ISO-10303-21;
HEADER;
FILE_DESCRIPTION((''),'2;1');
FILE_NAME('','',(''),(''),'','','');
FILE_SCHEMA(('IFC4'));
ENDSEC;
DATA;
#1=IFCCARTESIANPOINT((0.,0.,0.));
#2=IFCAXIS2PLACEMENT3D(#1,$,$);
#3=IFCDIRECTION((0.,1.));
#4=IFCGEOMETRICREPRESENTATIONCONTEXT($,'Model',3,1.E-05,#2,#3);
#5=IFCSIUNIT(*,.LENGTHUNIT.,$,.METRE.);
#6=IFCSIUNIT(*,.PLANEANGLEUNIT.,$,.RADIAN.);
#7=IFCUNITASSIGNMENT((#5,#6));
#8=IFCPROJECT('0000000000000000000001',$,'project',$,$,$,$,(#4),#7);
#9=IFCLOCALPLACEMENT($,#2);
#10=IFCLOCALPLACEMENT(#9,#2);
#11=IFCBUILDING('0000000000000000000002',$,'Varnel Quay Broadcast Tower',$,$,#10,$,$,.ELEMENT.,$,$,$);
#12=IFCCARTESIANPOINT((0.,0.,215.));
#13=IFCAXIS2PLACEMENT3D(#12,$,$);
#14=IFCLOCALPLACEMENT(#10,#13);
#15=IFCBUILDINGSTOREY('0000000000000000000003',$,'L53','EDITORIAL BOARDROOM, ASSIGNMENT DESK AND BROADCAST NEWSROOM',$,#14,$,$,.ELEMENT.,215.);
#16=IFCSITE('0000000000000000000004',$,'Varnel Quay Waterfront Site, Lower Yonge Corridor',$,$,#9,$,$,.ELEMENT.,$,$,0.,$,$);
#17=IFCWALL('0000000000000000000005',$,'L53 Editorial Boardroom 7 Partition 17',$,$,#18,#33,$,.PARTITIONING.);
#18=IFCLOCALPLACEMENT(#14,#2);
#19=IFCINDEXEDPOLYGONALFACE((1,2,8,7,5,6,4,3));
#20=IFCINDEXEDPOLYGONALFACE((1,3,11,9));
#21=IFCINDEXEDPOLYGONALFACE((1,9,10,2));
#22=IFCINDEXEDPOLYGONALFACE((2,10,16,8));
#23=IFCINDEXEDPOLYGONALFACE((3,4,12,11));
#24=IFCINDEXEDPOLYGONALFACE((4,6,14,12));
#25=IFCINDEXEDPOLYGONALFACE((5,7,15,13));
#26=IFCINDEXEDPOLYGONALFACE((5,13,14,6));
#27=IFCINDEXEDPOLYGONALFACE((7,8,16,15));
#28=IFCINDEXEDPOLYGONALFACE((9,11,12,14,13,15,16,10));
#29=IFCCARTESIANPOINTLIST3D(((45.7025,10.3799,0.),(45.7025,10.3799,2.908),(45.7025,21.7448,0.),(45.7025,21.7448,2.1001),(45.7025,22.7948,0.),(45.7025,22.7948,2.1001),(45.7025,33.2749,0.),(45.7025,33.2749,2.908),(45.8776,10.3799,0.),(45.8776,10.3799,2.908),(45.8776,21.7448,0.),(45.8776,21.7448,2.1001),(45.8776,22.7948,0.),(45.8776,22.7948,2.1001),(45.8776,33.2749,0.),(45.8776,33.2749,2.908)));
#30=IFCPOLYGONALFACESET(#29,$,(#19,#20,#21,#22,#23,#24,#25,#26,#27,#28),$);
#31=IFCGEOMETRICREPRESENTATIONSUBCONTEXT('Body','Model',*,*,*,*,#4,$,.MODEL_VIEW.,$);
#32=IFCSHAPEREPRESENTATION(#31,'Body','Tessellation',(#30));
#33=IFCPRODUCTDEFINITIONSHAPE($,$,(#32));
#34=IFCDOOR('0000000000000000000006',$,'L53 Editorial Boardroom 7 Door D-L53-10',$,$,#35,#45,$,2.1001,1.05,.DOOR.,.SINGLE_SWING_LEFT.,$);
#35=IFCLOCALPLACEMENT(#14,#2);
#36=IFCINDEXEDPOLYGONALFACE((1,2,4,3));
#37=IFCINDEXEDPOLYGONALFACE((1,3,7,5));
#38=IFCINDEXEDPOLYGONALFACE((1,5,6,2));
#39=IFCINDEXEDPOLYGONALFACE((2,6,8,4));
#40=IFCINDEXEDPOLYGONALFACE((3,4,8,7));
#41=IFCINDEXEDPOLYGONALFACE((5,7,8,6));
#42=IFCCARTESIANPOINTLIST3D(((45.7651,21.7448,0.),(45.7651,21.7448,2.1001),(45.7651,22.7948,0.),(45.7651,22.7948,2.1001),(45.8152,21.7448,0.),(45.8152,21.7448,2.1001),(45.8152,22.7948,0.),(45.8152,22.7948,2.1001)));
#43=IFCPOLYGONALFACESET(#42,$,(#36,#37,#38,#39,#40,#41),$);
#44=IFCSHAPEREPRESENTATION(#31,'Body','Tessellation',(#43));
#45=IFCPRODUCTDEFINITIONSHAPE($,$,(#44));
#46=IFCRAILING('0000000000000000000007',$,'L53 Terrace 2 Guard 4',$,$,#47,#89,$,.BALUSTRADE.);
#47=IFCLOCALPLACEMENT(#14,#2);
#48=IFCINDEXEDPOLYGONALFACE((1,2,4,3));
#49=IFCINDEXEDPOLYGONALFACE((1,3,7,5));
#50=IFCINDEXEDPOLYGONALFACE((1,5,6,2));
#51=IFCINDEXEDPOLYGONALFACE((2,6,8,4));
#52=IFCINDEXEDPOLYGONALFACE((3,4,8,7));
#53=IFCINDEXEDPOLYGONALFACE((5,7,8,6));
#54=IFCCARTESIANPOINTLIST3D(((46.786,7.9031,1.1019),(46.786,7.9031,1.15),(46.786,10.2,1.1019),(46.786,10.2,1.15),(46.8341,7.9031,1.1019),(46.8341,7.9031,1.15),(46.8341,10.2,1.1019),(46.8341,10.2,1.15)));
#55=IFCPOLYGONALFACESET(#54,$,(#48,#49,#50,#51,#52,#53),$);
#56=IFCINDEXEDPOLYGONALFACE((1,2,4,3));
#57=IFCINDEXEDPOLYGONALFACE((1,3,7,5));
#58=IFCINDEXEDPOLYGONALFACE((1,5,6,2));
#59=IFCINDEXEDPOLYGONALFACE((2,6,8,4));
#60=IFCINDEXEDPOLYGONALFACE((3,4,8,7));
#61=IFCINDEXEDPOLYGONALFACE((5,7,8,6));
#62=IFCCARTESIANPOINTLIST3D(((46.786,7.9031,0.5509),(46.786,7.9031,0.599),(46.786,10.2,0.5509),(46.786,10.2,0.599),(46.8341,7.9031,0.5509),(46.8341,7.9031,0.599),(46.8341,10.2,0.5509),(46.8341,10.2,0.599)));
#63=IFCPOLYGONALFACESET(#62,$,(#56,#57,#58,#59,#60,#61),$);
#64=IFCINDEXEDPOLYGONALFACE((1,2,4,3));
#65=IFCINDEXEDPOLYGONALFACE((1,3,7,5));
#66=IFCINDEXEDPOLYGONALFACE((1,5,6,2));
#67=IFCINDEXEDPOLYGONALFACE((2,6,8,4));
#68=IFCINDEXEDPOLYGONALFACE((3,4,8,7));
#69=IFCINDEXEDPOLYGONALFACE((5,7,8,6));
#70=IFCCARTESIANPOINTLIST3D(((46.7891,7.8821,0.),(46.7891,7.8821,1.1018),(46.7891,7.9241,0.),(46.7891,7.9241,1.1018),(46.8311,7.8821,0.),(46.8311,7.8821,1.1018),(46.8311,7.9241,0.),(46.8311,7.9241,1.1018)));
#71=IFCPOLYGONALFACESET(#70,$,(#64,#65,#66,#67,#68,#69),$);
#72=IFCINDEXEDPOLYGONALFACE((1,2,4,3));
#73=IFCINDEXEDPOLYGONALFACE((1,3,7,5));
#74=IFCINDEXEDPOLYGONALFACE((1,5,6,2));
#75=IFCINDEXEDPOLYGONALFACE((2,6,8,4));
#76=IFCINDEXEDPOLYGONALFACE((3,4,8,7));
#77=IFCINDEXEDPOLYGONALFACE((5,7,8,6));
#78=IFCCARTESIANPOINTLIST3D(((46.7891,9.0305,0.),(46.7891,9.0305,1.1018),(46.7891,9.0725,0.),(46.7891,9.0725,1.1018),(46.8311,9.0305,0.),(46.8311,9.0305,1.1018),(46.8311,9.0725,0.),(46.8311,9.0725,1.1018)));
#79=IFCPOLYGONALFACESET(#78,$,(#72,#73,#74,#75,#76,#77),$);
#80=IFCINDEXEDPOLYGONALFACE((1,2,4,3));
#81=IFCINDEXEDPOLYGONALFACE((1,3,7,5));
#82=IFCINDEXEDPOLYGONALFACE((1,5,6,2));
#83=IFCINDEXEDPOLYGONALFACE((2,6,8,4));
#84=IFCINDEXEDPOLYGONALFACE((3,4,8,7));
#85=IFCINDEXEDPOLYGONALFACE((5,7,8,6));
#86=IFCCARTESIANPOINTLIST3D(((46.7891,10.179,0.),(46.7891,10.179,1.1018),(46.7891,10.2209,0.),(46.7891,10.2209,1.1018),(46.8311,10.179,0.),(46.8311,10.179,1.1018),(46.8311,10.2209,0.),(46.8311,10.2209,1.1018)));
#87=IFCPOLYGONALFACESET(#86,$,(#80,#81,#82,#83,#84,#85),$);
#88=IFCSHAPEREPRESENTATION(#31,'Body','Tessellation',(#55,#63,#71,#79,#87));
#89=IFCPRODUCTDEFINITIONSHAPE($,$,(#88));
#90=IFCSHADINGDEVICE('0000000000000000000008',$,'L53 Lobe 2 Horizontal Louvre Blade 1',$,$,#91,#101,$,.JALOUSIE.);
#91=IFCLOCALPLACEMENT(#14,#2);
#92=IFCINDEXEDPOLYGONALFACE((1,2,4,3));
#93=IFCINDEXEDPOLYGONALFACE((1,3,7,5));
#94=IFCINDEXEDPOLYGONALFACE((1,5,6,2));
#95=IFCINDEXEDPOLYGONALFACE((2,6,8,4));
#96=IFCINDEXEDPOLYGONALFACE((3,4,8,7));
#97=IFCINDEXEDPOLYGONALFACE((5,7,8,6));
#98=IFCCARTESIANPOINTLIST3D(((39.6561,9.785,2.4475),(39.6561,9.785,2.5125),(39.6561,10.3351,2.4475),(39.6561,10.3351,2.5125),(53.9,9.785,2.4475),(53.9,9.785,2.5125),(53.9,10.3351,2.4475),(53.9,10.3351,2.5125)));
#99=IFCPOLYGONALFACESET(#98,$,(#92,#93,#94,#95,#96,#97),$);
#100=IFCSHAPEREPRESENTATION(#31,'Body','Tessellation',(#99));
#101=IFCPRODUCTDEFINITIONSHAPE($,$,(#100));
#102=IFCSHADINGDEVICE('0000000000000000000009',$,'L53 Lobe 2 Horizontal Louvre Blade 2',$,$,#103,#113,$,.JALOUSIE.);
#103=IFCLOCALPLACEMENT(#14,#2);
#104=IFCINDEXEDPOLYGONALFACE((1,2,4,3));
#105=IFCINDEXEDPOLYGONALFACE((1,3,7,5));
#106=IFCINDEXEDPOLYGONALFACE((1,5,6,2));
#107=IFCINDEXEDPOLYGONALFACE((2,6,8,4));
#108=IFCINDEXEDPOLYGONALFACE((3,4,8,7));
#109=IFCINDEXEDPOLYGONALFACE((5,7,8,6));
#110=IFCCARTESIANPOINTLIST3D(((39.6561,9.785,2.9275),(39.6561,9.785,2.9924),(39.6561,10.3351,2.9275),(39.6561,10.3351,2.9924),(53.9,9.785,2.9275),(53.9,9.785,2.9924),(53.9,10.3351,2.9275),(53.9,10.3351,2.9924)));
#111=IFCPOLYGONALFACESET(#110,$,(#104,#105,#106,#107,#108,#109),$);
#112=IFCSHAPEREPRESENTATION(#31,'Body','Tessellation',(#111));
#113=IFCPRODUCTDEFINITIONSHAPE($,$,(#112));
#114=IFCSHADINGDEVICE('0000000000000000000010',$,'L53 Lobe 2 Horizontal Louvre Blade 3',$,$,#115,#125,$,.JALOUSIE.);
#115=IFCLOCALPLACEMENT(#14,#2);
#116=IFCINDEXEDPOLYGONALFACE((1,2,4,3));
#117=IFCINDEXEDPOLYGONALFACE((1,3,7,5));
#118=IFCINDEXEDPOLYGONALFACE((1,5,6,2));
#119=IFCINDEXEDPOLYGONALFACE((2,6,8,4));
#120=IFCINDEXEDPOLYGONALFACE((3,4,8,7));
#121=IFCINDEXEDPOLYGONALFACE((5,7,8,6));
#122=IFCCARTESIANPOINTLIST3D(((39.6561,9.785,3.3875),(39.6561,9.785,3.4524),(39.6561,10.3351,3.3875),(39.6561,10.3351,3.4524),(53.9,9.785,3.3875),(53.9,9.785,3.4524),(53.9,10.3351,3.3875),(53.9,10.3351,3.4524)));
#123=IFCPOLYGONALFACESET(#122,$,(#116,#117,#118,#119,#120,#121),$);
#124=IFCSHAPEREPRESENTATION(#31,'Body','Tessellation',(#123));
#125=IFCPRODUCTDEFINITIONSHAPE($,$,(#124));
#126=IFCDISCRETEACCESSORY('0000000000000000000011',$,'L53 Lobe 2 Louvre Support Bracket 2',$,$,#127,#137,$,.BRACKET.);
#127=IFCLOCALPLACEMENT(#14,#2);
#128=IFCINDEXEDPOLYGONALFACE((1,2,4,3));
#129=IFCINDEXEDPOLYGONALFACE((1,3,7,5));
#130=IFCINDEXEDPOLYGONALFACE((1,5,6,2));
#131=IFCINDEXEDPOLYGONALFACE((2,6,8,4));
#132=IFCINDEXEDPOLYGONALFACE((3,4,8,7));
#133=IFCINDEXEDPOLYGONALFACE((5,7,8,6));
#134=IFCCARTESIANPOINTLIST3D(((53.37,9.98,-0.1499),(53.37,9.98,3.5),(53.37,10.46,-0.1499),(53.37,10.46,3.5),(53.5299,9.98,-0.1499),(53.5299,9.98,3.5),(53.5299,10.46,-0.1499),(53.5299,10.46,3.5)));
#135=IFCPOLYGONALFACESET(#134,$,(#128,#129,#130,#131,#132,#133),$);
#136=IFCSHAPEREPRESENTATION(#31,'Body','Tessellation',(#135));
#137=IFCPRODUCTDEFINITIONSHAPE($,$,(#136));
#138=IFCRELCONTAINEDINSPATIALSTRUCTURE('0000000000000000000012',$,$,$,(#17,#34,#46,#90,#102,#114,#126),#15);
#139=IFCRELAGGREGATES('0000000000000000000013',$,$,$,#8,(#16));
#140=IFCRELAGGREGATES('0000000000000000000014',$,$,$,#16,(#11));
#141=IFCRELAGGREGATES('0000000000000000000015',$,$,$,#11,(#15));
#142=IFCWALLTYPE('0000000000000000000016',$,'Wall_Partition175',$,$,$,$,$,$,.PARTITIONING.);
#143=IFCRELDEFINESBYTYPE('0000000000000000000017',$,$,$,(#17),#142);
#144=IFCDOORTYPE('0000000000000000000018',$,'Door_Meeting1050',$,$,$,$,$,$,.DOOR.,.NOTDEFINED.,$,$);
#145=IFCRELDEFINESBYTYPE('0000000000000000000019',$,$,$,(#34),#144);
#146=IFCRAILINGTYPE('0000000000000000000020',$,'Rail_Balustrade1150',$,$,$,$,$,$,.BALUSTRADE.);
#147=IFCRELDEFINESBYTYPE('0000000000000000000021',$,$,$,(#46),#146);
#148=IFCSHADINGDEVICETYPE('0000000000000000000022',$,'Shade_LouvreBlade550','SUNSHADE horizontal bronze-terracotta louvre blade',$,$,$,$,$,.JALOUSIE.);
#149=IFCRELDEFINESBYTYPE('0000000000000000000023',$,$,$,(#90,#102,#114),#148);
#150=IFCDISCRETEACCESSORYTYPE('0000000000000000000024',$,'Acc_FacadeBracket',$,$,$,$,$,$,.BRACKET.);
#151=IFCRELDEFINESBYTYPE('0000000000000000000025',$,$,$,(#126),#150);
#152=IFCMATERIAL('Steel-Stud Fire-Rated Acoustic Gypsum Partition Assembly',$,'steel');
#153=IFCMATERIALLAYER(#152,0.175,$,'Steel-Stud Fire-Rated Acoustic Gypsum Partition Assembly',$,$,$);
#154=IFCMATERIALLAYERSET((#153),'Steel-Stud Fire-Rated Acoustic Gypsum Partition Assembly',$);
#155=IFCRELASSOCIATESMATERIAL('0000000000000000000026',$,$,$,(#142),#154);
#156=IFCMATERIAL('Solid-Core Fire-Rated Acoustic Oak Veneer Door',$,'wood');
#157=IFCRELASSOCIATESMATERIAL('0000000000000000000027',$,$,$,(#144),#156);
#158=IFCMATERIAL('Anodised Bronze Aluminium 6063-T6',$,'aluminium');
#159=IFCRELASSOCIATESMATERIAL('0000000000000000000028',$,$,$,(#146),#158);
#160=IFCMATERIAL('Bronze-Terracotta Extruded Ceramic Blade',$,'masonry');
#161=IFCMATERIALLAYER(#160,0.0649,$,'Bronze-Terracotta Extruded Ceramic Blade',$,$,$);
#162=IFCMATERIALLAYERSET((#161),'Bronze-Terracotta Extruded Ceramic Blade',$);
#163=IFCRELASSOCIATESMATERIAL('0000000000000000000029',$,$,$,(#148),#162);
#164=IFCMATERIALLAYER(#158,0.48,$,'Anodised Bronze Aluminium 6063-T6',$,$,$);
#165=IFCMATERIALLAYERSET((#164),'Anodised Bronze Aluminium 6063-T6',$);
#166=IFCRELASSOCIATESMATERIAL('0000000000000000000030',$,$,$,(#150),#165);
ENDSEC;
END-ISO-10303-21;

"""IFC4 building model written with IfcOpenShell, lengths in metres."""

from ifc_helpers import new_model, si_unit, direction, frame, frame_2d, origin, origin_2d, place, context, subcontext, project, spatial, rectangle, extrude, source, transform, mapped, material, layer, layer_set, type_object, type_shapes, element, fill, save


model = new_model("IFC4")

# Units and contexts
model_context = context("Model", 3, precision=1e-05, world=origin(), true_north=direction((0.0, 1.0)))
body_context = subcontext(model_context, "Body", "Model", "MODEL_VIEW")
ifc_project = project(units=[si_unit("LENGTHUNIT", "METRE"), si_unit("PLANEANGLEUNIT", "RADIAN")], contexts=[model_context])

# Site, building, storey
site_placement = place(None, origin())
site = spatial("IfcSite", under=ifc_project, at=site_placement, Name="Varnel Quay Waterfront Site, Lower Yonge Corridor", CompositionType="ELEMENT", RefElevation=0.0)
building_placement = place(site_placement, origin())
building = spatial("IfcBuilding", under=site, at=building_placement, Name="Varnel Quay Broadcast Tower", CompositionType="ELEMENT")
storey_placement = place(building_placement, frame((0.0, 0.0, 215.0)))
storey = spatial("IfcBuildingStorey", under=building, at=storey_placement, Name="L53", Description="EDITORIAL BOARDROOM, ASSIGNMENT DESK AND BROADCAST NEWSROOM", CompositionType="ELEMENT", Elevation=215.0)

# Shared definitions
ifc_material_1 = material(Name="Anodised Bronze Aluminium 6063-T6", Category="aluminium")

# Shared definitions
ifc_material_2 = material(Name="Steel-Stud Fire-Rated Acoustic Gypsum Partition Assembly", Category="steel")

# Shared definitions
ifc_material_3 = material(Name="Solid-Core Fire-Rated Acoustic Oak Veneer Door", Category="wood")

# Wall, opening, door
ifc_layer_1 = layer(ifc_material_2, 0.175, Name="Steel-Stud Fire-Rated Acoustic Gypsum Partition Assembly")
ifc_layer_set_1 = layer_set([ifc_layer_1], Name="Steel-Stud Fire-Rated Acoustic Gypsum Partition Assembly")
wall_type_1 = type_object("IfcWallType", Name="Wall_Partition175", PredefinedType="PARTITIONING", material=ifc_layer_set_1)
wall_1_placement = place(storey_placement, frame((45.79, 10.3799, 0.0), z_axis=(0.0, 0.0, 1.0), x_axis=(0.0, 1.0, 0.0)))
wall_1 = element("IfcWall", 1, at=wall_1_placement, inside=storey, type_object=wall_type_1, Name="L53 Editorial Boardroom 7 Partition 17", PredefinedType="PARTITIONING", context=body_context, shape_type="SweptSolid", body=[
    extrude(rectangle(XDim=22.895, YDim=0.175, at=frame_2d((11.4475, 0.0))), origin(), (0.0, 0.0, 1.0), 2.908),
])
opening_1_placement = place(wall_1_placement, frame((11.365, 0.0, 0.0)))
opening_1 = element("IfcOpeningElement", 2, at=opening_1_placement, cuts=wall_1, PredefinedType="OPENING", context=body_context, shape_type="SweptSolid", body=[
    extrude(rectangle(XDim=1.05, YDim=2.1001, at=frame_2d((0.5249, 1.05))), frame((0.0, 0.0977, 0.0), z_axis=(0.0, -1.0, 0.0), x_axis=(1.0, 0.0, 0.0)), (0.0, 0.0, 1.0), 0.1951),
])
door_type_1 = type_object("IfcDoorType", Name="Door_Meeting1050", OperationType="NOTDEFINED", PredefinedType="DOOR", material=ifc_material_3)
shared_shape_1 = source(origin(), body_context, "Body", "SweptSolid", [
    extrude(rectangle(XDim=1.05, YDim=2.1001, at=frame_2d((0.5249, 1.05))), frame((0.0, 0.0249, 0.0), z_axis=(0.0, -1.0, 0.0), x_axis=(1.0, 0.0, 0.0)), (0.0, 0.0, 1.0), 0.05),
])
type_shapes(door_type_1, [shared_shape_1])
door_1_placement = place(opening_1_placement, origin())
door_1 = element("IfcDoor", 3, at=door_1_placement, inside=storey, type_object=door_type_1, Name="L53 Editorial Boardroom 7 Door D-L53-10", OperationType="SINGLE_SWING_LEFT", OverallHeight=2.1001, OverallWidth=1.05, PredefinedType="DOOR", context=body_context, shape_type="MappedRepresentation", body=[
    mapped(shared_shape_1, transform((0.0, 0.0, 0.0), x_axis=(1.0, 0.0, 0.0), y_axis=(0.0, 1.0, 0.0), z_axis=(0.0, 0.0, 1.0), scale=1.0)),
])
fill(opening_1, door_1)

# Railing
railing_type = type_object("IfcRailingType", Name="Rail_Balustrade1150", PredefinedType="BALUSTRADE", material=ifc_material_1)
railing_placement = place(storey_placement, frame((46.8101, 7.9031, 0.0)))
element("IfcRailing", 4, at=railing_placement, inside=storey, type_object=railing_type, Name="L53 Terrace 2 Guard 4", PredefinedType="BALUSTRADE", context=body_context, shape_type="SweptSolid", body=[
    extrude(rectangle(XDim=0.0481, YDim=0.0481, at=origin_2d()), frame((0.0, 0.0, 1.126), z_axis=(0.0, 1.0, 0.0), x_axis=(-1.0, 0.0, 0.0)), (0.0, 0.0, 1.0), 2.2969),
    extrude(rectangle(XDim=0.0481, YDim=0.0481, at=origin_2d()), frame((0.0, 0.0, 0.575), z_axis=(0.0, 1.0, 0.0), x_axis=(-1.0, 0.0, 0.0)), (0.0, 0.0, 1.0), 2.2969),
    extrude(rectangle(XDim=0.042, YDim=0.042, at=origin_2d()), origin(), (0.0, 0.0, 1.0), 1.1018),
    extrude(rectangle(XDim=0.042, YDim=0.042, at=origin_2d()), frame((0.0, 1.1484, 0.0)), (0.0, 0.0, 1.0), 1.1018),
    extrude(rectangle(XDim=0.042, YDim=0.042, at=origin_2d()), frame((0.0, 2.2969, 0.0)), (0.0, 0.0, 1.0), 1.1018),
])

# Shading devices
ifc_material_4 = material(Name="Bronze-Terracotta Extruded Ceramic Blade", Category="masonry")
ifc_layer_2 = layer(ifc_material_4, 0.0649, Name="Bronze-Terracotta Extruded Ceramic Blade")
ifc_layer_set_2 = layer_set([ifc_layer_2], Name="Bronze-Terracotta Extruded Ceramic Blade")
shading_device_type = type_object("IfcShadingDeviceType", Name="Shade_LouvreBlade550", Description="SUNSHADE horizontal bronze-terracotta louvre blade", PredefinedType="JALOUSIE", material=ifc_layer_set_2)
shared_shape_2 = source(origin(), body_context, "Body", "SweptSolid", [
    extrude(rectangle(XDim=14.2439, YDim=0.55, at=origin_2d()), origin(), (0.0, 0.0, 1.0), 0.0649),
])
type_shapes(shading_device_type, [shared_shape_2])
for number, where, z_axis, x_axis, name in (
    (5, (46.7781, 10.0601, 2.4475), (0.0, 0.0, 1.0), (1.0, 0.0, 0.0), "L53 Lobe 2 Horizontal Louvre Blade 1"),
    (6, (46.7781, 10.0601, 2.9275), (0.0, 0.0, 1.0), (1.0, 0.0, 0.0), "L53 Lobe 2 Horizontal Louvre Blade 2"),
    (7, (46.7781, 10.0601, 3.3875), (0.0, 0.0, 1.0), (1.0, 0.0, 0.0), "L53 Lobe 2 Horizontal Louvre Blade 3"),
):
    element("IfcShadingDevice", number, at=place(storey_placement, frame(where, z_axis=z_axis, x_axis=x_axis)), inside=storey, type_object=shading_device_type, Name=name, PredefinedType="JALOUSIE", context=body_context, shape_type="MappedRepresentation", body=[
        mapped(shared_shape_2, transform((0.0, 0.0, 0.0), x_axis=(1.0, 0.0, 0.0), y_axis=(0.0, 1.0, 0.0), z_axis=(0.0, 0.0, 1.0), scale=1.0)),
    ])

# Discrete accessory
ifc_layer_3 = layer(ifc_material_1, 0.48, Name="Anodised Bronze Aluminium 6063-T6")
ifc_layer_set_3 = layer_set([ifc_layer_3], Name="Anodised Bronze Aluminium 6063-T6")
discrete_accessory_type = type_object("IfcDiscreteAccessoryType", Name="Acc_FacadeBracket", PredefinedType="BRACKET", material=ifc_layer_set_3)
shared_shape_3 = source(origin(), body_context, "Body", "SweptSolid", [
    extrude(rectangle(XDim=0.1599, YDim=0.48, at=origin_2d()), origin(), (0.0, 0.0, 1.0), 3.6499),
])
type_shapes(discrete_accessory_type, [shared_shape_3])
discrete_accessory_placement = place(storey_placement, frame((53.45, 10.22, -0.1499), z_axis=(0.0, 0.0, 1.0), x_axis=(1.0, 0.0, 0.0)))
element("IfcDiscreteAccessory", 8, at=discrete_accessory_placement, inside=storey, type_object=discrete_accessory_type, Name="L53 Lobe 2 Louvre Support Bracket 2", PredefinedType="BRACKET", context=body_context, shape_type="MappedRepresentation", body=[
    mapped(shared_shape_3, transform((0.0, 0.0, 0.0), x_axis=(1.0, 0.0, 0.0), y_axis=(0.0, 1.0, 0.0), z_axis=(0.0, 0.0, 1.0), scale=1.0)),
])

save(model, "model.ifc")
